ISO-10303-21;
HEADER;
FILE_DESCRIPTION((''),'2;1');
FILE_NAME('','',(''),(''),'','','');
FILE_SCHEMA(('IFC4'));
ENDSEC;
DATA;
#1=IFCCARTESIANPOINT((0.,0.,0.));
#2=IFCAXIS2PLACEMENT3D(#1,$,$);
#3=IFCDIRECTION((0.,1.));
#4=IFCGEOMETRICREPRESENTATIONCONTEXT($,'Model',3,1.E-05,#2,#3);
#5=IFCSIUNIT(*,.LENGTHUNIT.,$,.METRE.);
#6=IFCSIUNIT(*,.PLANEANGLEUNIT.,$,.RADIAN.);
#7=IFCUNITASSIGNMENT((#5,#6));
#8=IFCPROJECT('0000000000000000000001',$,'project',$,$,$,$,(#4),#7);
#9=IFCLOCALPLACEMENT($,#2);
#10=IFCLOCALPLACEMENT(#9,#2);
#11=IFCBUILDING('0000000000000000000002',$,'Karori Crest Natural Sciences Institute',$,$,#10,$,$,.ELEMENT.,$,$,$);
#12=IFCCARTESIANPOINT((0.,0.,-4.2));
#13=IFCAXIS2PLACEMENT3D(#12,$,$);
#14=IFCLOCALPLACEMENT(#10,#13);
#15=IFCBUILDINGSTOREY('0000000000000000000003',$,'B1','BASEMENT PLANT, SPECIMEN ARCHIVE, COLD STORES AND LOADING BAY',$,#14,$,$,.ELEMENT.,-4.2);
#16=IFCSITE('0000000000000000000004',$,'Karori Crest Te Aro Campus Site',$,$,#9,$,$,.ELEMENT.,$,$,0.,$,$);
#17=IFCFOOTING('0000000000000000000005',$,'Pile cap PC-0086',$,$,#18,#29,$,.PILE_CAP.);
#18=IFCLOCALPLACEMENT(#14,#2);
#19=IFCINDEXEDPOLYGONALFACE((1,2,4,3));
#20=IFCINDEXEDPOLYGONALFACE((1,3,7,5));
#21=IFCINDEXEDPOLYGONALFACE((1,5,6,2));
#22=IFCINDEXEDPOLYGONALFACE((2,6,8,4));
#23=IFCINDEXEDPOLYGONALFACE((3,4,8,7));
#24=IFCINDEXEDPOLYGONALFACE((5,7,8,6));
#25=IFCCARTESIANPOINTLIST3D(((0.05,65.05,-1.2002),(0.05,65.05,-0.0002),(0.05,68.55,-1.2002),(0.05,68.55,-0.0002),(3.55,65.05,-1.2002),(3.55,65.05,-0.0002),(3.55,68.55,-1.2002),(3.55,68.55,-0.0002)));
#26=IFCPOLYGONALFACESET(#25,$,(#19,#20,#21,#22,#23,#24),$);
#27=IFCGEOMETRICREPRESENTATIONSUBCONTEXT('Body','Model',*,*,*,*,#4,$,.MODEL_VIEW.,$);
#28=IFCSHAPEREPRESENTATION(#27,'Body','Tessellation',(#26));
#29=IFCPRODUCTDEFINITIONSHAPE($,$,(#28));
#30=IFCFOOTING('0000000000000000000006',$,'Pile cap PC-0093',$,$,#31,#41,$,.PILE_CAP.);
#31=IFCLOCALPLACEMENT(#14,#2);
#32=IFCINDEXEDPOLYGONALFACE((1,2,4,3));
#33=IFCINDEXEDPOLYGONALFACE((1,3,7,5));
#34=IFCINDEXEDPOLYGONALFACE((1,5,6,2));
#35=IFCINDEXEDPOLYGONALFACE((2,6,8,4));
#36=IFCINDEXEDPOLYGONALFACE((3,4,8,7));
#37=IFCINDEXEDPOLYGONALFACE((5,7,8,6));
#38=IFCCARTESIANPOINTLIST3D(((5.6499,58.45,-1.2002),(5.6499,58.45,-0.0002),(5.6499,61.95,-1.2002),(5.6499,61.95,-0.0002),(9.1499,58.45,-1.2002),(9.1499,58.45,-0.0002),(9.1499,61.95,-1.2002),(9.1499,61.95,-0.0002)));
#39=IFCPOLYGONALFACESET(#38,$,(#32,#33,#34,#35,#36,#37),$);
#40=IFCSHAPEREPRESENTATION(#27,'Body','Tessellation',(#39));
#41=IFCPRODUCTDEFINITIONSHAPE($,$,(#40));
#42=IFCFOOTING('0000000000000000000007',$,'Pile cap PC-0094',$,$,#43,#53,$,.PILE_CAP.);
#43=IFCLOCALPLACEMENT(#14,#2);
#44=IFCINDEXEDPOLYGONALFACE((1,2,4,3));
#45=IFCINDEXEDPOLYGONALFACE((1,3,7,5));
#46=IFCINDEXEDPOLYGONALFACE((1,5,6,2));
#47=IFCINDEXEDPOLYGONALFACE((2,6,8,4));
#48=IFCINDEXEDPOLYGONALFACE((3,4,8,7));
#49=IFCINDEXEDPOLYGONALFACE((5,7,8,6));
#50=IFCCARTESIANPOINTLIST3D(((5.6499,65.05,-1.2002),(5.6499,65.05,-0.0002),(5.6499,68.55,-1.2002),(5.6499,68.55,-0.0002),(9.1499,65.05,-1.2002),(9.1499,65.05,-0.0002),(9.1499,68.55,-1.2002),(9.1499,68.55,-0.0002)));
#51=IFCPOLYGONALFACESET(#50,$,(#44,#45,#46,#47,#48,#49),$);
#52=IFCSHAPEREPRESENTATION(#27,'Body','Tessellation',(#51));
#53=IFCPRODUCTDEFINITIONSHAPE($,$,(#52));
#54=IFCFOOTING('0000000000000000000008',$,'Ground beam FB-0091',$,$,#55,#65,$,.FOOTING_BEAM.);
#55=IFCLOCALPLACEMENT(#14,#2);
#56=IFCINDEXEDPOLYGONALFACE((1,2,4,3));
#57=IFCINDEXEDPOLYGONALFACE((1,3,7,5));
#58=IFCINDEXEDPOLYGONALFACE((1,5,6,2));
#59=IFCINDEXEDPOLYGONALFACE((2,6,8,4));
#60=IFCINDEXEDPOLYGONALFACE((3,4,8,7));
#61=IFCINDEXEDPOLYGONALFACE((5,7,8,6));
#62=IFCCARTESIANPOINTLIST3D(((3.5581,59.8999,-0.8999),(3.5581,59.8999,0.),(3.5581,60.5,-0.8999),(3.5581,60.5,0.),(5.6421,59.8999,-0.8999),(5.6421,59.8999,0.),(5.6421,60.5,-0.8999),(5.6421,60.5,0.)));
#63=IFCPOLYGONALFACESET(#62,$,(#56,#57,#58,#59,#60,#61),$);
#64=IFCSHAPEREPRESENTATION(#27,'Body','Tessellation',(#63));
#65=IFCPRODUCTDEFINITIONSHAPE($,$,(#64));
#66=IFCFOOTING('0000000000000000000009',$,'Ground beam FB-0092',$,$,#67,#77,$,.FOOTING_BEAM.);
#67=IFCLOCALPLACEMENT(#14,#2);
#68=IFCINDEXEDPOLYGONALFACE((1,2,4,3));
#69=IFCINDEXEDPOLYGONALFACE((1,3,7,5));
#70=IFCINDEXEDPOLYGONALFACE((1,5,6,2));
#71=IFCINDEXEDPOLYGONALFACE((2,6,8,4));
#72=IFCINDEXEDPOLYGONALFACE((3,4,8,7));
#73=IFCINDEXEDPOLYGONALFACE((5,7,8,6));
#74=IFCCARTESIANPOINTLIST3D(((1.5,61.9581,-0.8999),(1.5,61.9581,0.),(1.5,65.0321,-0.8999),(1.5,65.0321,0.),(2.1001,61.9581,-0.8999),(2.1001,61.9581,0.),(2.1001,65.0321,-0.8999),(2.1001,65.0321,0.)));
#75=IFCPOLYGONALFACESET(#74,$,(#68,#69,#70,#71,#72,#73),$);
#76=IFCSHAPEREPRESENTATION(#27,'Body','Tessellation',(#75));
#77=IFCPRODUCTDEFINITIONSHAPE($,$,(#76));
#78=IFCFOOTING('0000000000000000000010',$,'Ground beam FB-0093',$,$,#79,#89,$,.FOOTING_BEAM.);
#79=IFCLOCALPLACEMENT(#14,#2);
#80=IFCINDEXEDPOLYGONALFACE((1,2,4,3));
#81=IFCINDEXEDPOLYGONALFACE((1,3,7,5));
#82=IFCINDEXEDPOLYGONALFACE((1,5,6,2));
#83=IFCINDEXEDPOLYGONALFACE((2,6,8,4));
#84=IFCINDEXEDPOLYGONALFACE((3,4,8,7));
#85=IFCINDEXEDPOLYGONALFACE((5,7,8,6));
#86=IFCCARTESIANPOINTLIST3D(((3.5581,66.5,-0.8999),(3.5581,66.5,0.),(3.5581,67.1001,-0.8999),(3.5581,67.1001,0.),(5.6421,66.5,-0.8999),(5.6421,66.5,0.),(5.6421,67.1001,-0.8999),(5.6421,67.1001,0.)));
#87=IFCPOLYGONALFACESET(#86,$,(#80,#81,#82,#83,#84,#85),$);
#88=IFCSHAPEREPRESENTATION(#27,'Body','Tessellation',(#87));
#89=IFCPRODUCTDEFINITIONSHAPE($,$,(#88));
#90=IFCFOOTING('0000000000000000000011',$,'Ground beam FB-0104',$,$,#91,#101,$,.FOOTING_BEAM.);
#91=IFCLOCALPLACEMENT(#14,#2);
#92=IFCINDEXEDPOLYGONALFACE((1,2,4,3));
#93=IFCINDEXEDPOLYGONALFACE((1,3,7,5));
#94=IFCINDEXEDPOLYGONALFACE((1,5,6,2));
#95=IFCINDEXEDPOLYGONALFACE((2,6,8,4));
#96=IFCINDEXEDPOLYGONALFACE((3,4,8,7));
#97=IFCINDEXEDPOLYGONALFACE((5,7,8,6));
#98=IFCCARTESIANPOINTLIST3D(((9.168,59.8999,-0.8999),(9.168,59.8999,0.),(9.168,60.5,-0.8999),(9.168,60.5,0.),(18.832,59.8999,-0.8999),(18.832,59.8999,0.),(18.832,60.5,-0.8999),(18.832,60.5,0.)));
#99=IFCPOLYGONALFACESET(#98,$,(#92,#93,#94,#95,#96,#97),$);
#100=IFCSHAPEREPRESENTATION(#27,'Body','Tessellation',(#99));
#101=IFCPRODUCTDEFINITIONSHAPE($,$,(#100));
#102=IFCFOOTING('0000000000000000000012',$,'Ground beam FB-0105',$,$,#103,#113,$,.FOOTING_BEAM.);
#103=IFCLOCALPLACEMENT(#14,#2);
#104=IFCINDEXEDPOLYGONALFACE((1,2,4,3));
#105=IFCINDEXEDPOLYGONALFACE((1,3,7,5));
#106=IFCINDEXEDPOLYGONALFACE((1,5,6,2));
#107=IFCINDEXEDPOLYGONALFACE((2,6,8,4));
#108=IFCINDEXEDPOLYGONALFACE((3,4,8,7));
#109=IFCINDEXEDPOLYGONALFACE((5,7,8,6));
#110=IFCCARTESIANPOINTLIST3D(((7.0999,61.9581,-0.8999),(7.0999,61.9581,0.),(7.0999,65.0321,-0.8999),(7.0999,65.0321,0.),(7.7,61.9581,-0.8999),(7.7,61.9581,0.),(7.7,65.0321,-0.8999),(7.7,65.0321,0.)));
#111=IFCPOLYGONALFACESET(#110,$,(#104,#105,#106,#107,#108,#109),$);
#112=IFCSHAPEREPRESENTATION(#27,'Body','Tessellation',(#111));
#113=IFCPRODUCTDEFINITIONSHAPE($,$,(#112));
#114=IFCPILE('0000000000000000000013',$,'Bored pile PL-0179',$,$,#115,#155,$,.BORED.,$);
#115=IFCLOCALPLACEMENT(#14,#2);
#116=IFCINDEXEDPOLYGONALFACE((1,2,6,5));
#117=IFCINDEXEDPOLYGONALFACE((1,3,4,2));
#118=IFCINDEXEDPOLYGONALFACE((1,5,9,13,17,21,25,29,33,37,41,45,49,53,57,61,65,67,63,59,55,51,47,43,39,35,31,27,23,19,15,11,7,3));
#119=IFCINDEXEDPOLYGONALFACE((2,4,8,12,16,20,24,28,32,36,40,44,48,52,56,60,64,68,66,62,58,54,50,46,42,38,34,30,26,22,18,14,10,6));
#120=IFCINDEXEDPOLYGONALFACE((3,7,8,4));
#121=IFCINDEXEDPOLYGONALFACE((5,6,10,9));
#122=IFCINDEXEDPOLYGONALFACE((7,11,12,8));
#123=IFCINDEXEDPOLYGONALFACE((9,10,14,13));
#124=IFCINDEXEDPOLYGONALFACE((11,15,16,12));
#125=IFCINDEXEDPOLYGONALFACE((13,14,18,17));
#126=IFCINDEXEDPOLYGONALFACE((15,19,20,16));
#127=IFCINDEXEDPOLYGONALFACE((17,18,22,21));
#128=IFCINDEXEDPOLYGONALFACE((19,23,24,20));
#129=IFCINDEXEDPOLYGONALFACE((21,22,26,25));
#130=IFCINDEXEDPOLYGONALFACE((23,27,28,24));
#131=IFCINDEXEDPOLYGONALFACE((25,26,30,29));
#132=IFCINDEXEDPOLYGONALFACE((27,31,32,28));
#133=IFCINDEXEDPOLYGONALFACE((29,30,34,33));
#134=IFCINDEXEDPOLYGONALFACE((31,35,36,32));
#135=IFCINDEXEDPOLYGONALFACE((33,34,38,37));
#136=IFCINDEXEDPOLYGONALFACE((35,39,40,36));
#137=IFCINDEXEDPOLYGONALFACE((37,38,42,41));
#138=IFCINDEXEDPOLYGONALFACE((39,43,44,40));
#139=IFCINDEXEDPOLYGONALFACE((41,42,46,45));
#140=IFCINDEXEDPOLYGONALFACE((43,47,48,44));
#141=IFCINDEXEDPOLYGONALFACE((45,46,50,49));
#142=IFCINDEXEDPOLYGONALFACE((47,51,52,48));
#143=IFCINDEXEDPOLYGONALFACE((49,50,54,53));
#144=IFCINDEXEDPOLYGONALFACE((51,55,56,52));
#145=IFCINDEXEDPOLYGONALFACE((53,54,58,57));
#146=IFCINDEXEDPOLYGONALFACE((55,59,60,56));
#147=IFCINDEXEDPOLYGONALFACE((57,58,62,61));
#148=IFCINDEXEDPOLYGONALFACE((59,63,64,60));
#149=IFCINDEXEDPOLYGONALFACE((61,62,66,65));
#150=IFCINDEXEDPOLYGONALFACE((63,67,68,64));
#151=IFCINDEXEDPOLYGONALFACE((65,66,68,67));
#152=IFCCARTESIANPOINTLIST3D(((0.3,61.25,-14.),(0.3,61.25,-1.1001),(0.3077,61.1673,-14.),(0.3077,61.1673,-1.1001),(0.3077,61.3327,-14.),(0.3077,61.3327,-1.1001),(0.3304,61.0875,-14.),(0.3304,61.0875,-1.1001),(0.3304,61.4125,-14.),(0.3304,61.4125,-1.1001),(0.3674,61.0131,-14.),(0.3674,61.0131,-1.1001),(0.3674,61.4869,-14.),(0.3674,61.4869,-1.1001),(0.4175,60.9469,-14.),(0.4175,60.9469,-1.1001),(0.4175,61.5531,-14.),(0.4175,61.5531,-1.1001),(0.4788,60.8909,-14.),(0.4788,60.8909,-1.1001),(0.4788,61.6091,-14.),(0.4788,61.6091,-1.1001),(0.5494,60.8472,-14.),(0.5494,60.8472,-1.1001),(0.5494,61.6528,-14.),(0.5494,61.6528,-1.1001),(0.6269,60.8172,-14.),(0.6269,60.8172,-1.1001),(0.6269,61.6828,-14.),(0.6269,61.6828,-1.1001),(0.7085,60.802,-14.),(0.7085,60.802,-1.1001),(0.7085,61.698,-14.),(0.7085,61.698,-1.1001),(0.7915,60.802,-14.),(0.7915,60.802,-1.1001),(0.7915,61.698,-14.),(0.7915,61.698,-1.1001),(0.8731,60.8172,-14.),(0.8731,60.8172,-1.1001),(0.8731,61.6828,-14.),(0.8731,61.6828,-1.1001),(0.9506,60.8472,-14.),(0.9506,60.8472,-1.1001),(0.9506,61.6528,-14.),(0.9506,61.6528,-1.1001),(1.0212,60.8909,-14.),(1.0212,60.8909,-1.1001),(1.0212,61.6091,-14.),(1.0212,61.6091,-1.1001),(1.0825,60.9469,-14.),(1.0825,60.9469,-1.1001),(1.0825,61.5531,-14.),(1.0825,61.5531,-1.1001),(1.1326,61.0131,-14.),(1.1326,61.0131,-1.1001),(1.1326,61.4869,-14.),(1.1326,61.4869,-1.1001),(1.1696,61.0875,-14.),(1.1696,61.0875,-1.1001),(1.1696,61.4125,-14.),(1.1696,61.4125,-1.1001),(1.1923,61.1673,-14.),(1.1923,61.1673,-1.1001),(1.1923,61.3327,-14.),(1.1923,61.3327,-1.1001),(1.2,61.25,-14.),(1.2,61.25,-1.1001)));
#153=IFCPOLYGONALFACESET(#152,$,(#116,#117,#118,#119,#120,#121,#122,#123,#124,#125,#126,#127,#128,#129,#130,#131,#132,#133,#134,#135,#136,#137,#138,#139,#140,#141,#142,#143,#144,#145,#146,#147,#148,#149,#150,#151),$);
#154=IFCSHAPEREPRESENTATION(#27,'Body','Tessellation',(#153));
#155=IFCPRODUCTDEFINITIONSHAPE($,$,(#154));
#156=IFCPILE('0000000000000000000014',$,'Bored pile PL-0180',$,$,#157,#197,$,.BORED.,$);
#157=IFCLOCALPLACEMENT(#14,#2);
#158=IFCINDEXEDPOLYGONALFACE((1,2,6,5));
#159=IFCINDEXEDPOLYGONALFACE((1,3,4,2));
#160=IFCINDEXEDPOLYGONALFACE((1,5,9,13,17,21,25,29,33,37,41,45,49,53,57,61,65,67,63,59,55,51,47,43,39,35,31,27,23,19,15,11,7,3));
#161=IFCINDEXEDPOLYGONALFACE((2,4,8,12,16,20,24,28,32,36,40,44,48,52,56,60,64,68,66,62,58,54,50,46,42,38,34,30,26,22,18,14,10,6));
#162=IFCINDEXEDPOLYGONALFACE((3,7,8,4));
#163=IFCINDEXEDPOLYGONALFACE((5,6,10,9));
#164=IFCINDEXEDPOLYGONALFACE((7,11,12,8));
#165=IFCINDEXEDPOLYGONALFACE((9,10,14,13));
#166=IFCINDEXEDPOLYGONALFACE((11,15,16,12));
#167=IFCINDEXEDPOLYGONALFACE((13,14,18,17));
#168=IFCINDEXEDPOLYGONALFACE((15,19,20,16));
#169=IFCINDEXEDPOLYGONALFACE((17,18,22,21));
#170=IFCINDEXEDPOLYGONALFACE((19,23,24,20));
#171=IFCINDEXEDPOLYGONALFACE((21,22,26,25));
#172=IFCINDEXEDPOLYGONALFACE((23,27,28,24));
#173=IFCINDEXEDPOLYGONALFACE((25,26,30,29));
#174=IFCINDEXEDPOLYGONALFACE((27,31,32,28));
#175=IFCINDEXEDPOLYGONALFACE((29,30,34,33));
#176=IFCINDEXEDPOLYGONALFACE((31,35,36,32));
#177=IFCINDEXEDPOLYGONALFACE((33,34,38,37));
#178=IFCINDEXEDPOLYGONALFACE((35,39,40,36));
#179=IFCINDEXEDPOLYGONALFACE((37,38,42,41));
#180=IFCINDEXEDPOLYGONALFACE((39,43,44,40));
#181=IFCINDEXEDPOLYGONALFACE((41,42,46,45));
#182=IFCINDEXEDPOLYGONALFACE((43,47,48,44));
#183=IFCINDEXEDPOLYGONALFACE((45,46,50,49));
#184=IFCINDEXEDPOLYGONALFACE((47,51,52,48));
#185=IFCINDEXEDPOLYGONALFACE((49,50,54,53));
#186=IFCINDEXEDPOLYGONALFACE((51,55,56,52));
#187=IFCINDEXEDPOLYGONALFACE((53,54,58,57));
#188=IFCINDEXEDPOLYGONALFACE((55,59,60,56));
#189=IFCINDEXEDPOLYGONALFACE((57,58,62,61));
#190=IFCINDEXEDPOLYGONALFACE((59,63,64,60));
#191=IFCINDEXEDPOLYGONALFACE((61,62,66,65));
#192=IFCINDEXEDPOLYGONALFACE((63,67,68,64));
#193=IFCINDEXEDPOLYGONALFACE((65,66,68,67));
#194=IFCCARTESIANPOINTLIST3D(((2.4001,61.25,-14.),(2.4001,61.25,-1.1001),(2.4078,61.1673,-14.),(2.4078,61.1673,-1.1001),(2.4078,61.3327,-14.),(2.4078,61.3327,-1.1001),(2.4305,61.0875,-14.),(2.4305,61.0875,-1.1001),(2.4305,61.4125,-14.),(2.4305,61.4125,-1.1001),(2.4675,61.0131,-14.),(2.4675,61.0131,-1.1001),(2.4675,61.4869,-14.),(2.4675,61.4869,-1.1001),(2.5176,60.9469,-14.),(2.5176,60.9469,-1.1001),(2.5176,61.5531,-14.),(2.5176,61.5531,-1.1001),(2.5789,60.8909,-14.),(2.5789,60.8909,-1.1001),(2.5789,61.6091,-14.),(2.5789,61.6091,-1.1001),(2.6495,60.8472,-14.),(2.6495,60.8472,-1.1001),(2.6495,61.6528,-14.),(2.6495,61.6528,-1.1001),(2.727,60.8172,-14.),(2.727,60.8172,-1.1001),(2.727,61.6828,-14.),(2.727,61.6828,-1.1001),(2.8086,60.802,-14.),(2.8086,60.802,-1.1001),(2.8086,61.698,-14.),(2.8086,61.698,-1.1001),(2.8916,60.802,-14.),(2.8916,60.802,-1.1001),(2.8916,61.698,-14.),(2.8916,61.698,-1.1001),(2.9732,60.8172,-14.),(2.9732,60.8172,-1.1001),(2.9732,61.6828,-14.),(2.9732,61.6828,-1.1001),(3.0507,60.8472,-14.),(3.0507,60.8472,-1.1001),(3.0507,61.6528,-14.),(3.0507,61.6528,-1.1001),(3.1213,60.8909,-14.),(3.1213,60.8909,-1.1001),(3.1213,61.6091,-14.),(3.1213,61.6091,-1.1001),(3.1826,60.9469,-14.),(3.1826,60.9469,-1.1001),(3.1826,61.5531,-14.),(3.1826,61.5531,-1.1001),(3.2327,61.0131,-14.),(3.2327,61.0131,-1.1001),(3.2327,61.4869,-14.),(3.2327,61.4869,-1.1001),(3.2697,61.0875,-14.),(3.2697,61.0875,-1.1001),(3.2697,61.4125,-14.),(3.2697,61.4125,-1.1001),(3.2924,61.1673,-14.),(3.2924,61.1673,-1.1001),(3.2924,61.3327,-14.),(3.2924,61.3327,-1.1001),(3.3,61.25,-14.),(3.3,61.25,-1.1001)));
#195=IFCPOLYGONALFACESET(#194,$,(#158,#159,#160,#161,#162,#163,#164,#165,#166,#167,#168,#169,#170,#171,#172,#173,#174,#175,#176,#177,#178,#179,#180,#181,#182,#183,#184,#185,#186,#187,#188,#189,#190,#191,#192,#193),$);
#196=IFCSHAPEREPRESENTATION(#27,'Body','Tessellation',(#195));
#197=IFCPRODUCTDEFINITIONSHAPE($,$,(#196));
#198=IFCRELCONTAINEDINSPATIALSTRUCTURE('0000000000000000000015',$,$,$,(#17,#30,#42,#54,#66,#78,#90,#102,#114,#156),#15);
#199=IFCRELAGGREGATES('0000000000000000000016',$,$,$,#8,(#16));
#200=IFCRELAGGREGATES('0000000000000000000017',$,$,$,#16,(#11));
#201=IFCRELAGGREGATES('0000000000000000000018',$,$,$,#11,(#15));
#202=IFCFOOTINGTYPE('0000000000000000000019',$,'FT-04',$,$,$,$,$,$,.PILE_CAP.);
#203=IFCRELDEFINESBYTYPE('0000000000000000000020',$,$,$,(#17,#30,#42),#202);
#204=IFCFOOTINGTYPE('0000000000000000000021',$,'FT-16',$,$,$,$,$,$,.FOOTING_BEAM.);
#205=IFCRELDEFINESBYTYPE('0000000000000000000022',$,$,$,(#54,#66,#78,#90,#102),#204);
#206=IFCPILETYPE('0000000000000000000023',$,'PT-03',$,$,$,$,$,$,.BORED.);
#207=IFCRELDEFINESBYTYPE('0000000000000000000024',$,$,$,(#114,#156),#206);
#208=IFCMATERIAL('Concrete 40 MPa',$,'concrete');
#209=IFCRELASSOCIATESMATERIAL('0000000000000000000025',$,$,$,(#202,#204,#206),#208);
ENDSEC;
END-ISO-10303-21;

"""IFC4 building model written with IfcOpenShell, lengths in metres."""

from ifc_helpers import new_model, si_unit, direction, frame, origin, origin_2d, place, context, subcontext, project, spatial, rectangle, circle, extrude, material, material_profile, profile_set, type_object, element, save


model = new_model("IFC4")

# Units and contexts
model_context = context("Model", 3, precision=1e-05, world=origin(), true_north=direction((0.0, 1.0)))
body_context = subcontext(model_context, "Body", "Model", "MODEL_VIEW")
ifc_project = project(units=[si_unit("LENGTHUNIT", "METRE"), si_unit("PLANEANGLEUNIT", "RADIAN")], contexts=[model_context])

# Site, building, storey
site_placement = place(None, origin())
site = spatial("IfcSite", under=ifc_project, at=site_placement, Name="Karori Crest Te Aro Campus Site", CompositionType="ELEMENT", RefElevation=0.0)
building_placement = place(site_placement, origin())
building = spatial("IfcBuilding", under=site, at=building_placement, Name="Karori Crest Natural Sciences Institute", CompositionType="ELEMENT")
storey_placement = place(building_placement, frame((0.0, 0.0, -4.2)))
storey = spatial("IfcBuildingStorey", under=building, at=storey_placement, Name="B1", Description="BASEMENT PLANT, SPECIMEN ARCHIVE, COLD STORES AND LOADING BAY", CompositionType="ELEMENT", Elevation=-4.2)

# Footings
ifc_material_1 = material(Name="Concrete 40 MPa", Category="concrete")
footing_type_1 = type_object("IfcFootingType", Name="FT-04", PredefinedType="PILE_CAP", material=ifc_material_1)
for number, where, z_axis, x_axis, name in (
    (1, (1.8, 66.8, -1.2002), (0.0, 0.0, 1.0), (1.0, 0.0, 0.0), "Pile cap PC-0086"),
    (2, (7.3999, 60.2, -1.2002), (0.0, 0.0, 1.0), (1.0, 0.0, 0.0), "Pile cap PC-0093"),
    (3, (7.3999, 66.8, -1.2002), (0.0, 0.0, 1.0), (1.0, 0.0, 0.0), "Pile cap PC-0094"),
):
    element("IfcFooting", number, at=place(storey_placement, frame(where, z_axis=z_axis, x_axis=x_axis)), inside=storey, type_object=footing_type_1, Name=name, PredefinedType="PILE_CAP", context=body_context, shape_type="SweptSolid", body=[
        extrude(rectangle(XDim=3.5, YDim=3.5, at=origin_2d()), origin(), (0.0, 0.0, 1.0), 1.2),
    ])
footing_type_2 = type_object("IfcFootingType", Name="FT-16", PredefinedType="FOOTING_BEAM", material=ifc_material_1)
footing_1_placement = place(storey_placement, frame((4.6001, 60.2, -0.8999), z_axis=(0.0, 0.0, 1.0), x_axis=(1.0, 0.0, 0.0)))
element("IfcFooting", 4, at=footing_1_placement, inside=storey, type_object=footing_type_2, Name="Ground beam FB-0091", PredefinedType="FOOTING_BEAM", context=body_context, shape_type="SweptSolid", body=[
    extrude(rectangle(XDim=2.084, YDim=0.6001, at=origin_2d()), origin(), (0.0, 0.0, 1.0), 0.8999),
])
footing_2_placement = place(storey_placement, frame((1.8, 63.4951, -0.8999), z_axis=(0.0, 0.0, 1.0), x_axis=(0.0, 1.0, 0.0)))
element("IfcFooting", 5, at=footing_2_placement, inside=storey, type_object=footing_type_2, Name="Ground beam FB-0092", PredefinedType="FOOTING_BEAM", context=body_context, shape_type="SweptSolid", body=[
    extrude(rectangle(XDim=3.074, YDim=0.6001, at=origin_2d()), origin(), (0.0, 0.0, 1.0), 0.8999),
])
footing_3_placement = place(storey_placement, frame((4.6001, 66.8, -0.8999), z_axis=(0.0, 0.0, 1.0), x_axis=(1.0, 0.0, 0.0)))
element("IfcFooting", 6, at=footing_3_placement, inside=storey, type_object=footing_type_2, Name="Ground beam FB-0093", PredefinedType="FOOTING_BEAM", context=body_context, shape_type="SweptSolid", body=[
    extrude(rectangle(XDim=2.084, YDim=0.6001, at=origin_2d()), origin(), (0.0, 0.0, 1.0), 0.8999),
])
footing_4_placement = place(storey_placement, frame((14.0, 60.2, -0.8999), z_axis=(0.0, 0.0, 1.0), x_axis=(1.0, 0.0, 0.0)))
element("IfcFooting", 7, at=footing_4_placement, inside=storey, type_object=footing_type_2, Name="Ground beam FB-0104", PredefinedType="FOOTING_BEAM", context=body_context, shape_type="SweptSolid", body=[
    extrude(rectangle(XDim=9.6641, YDim=0.6001, at=origin_2d()), origin(), (0.0, 0.0, 1.0), 0.8999),
])
footing_5_placement = place(storey_placement, frame((7.3999, 63.4951, -0.8999), z_axis=(0.0, 0.0, 1.0), x_axis=(0.0, 1.0, 0.0)))
element("IfcFooting", 8, at=footing_5_placement, inside=storey, type_object=footing_type_2, Name="Ground beam FB-0105", PredefinedType="FOOTING_BEAM", context=body_context, shape_type="SweptSolid", body=[
    extrude(rectangle(XDim=3.074, YDim=0.6001, at=origin_2d()), origin(), (0.0, 0.0, 1.0), 0.8999),
])

# Piles
ifc_material_profile_1 = material_profile(ifc_material_1, circle(Radius=0.45, at=origin_2d()), Name="PILE900")
ifc_profile_set_1 = profile_set([ifc_material_profile_1], Name="Concrete 40 MPa")
pile_type = type_object("IfcPileType", Name="PT-03", PredefinedType="BORED", material=ifc_profile_set_1)
for number, where, z_axis, x_axis, name in (
    (9, (0.75, 61.25, -1.1001), (0.0, 0.0, -1.0), (1.0, 0.0, 0.0), "Bored pile PL-0179"),
    (10, (2.8501, 61.25, -1.1001), (0.0, 0.0, -1.0), (1.0, 0.0, 0.0), "Bored pile PL-0180"),
):
    element("IfcPile", number, at=place(storey_placement, frame(where, z_axis=z_axis, x_axis=x_axis)), inside=storey, type_object=pile_type, Name=name, PredefinedType="BORED", context=body_context, shape_type="SweptSolid", body=[
        extrude(circle(Radius=0.45, at=origin_2d()), origin(), (0.0, 0.0, 1.0), 12.8999),
    ])

save(model, "model.ifc")
